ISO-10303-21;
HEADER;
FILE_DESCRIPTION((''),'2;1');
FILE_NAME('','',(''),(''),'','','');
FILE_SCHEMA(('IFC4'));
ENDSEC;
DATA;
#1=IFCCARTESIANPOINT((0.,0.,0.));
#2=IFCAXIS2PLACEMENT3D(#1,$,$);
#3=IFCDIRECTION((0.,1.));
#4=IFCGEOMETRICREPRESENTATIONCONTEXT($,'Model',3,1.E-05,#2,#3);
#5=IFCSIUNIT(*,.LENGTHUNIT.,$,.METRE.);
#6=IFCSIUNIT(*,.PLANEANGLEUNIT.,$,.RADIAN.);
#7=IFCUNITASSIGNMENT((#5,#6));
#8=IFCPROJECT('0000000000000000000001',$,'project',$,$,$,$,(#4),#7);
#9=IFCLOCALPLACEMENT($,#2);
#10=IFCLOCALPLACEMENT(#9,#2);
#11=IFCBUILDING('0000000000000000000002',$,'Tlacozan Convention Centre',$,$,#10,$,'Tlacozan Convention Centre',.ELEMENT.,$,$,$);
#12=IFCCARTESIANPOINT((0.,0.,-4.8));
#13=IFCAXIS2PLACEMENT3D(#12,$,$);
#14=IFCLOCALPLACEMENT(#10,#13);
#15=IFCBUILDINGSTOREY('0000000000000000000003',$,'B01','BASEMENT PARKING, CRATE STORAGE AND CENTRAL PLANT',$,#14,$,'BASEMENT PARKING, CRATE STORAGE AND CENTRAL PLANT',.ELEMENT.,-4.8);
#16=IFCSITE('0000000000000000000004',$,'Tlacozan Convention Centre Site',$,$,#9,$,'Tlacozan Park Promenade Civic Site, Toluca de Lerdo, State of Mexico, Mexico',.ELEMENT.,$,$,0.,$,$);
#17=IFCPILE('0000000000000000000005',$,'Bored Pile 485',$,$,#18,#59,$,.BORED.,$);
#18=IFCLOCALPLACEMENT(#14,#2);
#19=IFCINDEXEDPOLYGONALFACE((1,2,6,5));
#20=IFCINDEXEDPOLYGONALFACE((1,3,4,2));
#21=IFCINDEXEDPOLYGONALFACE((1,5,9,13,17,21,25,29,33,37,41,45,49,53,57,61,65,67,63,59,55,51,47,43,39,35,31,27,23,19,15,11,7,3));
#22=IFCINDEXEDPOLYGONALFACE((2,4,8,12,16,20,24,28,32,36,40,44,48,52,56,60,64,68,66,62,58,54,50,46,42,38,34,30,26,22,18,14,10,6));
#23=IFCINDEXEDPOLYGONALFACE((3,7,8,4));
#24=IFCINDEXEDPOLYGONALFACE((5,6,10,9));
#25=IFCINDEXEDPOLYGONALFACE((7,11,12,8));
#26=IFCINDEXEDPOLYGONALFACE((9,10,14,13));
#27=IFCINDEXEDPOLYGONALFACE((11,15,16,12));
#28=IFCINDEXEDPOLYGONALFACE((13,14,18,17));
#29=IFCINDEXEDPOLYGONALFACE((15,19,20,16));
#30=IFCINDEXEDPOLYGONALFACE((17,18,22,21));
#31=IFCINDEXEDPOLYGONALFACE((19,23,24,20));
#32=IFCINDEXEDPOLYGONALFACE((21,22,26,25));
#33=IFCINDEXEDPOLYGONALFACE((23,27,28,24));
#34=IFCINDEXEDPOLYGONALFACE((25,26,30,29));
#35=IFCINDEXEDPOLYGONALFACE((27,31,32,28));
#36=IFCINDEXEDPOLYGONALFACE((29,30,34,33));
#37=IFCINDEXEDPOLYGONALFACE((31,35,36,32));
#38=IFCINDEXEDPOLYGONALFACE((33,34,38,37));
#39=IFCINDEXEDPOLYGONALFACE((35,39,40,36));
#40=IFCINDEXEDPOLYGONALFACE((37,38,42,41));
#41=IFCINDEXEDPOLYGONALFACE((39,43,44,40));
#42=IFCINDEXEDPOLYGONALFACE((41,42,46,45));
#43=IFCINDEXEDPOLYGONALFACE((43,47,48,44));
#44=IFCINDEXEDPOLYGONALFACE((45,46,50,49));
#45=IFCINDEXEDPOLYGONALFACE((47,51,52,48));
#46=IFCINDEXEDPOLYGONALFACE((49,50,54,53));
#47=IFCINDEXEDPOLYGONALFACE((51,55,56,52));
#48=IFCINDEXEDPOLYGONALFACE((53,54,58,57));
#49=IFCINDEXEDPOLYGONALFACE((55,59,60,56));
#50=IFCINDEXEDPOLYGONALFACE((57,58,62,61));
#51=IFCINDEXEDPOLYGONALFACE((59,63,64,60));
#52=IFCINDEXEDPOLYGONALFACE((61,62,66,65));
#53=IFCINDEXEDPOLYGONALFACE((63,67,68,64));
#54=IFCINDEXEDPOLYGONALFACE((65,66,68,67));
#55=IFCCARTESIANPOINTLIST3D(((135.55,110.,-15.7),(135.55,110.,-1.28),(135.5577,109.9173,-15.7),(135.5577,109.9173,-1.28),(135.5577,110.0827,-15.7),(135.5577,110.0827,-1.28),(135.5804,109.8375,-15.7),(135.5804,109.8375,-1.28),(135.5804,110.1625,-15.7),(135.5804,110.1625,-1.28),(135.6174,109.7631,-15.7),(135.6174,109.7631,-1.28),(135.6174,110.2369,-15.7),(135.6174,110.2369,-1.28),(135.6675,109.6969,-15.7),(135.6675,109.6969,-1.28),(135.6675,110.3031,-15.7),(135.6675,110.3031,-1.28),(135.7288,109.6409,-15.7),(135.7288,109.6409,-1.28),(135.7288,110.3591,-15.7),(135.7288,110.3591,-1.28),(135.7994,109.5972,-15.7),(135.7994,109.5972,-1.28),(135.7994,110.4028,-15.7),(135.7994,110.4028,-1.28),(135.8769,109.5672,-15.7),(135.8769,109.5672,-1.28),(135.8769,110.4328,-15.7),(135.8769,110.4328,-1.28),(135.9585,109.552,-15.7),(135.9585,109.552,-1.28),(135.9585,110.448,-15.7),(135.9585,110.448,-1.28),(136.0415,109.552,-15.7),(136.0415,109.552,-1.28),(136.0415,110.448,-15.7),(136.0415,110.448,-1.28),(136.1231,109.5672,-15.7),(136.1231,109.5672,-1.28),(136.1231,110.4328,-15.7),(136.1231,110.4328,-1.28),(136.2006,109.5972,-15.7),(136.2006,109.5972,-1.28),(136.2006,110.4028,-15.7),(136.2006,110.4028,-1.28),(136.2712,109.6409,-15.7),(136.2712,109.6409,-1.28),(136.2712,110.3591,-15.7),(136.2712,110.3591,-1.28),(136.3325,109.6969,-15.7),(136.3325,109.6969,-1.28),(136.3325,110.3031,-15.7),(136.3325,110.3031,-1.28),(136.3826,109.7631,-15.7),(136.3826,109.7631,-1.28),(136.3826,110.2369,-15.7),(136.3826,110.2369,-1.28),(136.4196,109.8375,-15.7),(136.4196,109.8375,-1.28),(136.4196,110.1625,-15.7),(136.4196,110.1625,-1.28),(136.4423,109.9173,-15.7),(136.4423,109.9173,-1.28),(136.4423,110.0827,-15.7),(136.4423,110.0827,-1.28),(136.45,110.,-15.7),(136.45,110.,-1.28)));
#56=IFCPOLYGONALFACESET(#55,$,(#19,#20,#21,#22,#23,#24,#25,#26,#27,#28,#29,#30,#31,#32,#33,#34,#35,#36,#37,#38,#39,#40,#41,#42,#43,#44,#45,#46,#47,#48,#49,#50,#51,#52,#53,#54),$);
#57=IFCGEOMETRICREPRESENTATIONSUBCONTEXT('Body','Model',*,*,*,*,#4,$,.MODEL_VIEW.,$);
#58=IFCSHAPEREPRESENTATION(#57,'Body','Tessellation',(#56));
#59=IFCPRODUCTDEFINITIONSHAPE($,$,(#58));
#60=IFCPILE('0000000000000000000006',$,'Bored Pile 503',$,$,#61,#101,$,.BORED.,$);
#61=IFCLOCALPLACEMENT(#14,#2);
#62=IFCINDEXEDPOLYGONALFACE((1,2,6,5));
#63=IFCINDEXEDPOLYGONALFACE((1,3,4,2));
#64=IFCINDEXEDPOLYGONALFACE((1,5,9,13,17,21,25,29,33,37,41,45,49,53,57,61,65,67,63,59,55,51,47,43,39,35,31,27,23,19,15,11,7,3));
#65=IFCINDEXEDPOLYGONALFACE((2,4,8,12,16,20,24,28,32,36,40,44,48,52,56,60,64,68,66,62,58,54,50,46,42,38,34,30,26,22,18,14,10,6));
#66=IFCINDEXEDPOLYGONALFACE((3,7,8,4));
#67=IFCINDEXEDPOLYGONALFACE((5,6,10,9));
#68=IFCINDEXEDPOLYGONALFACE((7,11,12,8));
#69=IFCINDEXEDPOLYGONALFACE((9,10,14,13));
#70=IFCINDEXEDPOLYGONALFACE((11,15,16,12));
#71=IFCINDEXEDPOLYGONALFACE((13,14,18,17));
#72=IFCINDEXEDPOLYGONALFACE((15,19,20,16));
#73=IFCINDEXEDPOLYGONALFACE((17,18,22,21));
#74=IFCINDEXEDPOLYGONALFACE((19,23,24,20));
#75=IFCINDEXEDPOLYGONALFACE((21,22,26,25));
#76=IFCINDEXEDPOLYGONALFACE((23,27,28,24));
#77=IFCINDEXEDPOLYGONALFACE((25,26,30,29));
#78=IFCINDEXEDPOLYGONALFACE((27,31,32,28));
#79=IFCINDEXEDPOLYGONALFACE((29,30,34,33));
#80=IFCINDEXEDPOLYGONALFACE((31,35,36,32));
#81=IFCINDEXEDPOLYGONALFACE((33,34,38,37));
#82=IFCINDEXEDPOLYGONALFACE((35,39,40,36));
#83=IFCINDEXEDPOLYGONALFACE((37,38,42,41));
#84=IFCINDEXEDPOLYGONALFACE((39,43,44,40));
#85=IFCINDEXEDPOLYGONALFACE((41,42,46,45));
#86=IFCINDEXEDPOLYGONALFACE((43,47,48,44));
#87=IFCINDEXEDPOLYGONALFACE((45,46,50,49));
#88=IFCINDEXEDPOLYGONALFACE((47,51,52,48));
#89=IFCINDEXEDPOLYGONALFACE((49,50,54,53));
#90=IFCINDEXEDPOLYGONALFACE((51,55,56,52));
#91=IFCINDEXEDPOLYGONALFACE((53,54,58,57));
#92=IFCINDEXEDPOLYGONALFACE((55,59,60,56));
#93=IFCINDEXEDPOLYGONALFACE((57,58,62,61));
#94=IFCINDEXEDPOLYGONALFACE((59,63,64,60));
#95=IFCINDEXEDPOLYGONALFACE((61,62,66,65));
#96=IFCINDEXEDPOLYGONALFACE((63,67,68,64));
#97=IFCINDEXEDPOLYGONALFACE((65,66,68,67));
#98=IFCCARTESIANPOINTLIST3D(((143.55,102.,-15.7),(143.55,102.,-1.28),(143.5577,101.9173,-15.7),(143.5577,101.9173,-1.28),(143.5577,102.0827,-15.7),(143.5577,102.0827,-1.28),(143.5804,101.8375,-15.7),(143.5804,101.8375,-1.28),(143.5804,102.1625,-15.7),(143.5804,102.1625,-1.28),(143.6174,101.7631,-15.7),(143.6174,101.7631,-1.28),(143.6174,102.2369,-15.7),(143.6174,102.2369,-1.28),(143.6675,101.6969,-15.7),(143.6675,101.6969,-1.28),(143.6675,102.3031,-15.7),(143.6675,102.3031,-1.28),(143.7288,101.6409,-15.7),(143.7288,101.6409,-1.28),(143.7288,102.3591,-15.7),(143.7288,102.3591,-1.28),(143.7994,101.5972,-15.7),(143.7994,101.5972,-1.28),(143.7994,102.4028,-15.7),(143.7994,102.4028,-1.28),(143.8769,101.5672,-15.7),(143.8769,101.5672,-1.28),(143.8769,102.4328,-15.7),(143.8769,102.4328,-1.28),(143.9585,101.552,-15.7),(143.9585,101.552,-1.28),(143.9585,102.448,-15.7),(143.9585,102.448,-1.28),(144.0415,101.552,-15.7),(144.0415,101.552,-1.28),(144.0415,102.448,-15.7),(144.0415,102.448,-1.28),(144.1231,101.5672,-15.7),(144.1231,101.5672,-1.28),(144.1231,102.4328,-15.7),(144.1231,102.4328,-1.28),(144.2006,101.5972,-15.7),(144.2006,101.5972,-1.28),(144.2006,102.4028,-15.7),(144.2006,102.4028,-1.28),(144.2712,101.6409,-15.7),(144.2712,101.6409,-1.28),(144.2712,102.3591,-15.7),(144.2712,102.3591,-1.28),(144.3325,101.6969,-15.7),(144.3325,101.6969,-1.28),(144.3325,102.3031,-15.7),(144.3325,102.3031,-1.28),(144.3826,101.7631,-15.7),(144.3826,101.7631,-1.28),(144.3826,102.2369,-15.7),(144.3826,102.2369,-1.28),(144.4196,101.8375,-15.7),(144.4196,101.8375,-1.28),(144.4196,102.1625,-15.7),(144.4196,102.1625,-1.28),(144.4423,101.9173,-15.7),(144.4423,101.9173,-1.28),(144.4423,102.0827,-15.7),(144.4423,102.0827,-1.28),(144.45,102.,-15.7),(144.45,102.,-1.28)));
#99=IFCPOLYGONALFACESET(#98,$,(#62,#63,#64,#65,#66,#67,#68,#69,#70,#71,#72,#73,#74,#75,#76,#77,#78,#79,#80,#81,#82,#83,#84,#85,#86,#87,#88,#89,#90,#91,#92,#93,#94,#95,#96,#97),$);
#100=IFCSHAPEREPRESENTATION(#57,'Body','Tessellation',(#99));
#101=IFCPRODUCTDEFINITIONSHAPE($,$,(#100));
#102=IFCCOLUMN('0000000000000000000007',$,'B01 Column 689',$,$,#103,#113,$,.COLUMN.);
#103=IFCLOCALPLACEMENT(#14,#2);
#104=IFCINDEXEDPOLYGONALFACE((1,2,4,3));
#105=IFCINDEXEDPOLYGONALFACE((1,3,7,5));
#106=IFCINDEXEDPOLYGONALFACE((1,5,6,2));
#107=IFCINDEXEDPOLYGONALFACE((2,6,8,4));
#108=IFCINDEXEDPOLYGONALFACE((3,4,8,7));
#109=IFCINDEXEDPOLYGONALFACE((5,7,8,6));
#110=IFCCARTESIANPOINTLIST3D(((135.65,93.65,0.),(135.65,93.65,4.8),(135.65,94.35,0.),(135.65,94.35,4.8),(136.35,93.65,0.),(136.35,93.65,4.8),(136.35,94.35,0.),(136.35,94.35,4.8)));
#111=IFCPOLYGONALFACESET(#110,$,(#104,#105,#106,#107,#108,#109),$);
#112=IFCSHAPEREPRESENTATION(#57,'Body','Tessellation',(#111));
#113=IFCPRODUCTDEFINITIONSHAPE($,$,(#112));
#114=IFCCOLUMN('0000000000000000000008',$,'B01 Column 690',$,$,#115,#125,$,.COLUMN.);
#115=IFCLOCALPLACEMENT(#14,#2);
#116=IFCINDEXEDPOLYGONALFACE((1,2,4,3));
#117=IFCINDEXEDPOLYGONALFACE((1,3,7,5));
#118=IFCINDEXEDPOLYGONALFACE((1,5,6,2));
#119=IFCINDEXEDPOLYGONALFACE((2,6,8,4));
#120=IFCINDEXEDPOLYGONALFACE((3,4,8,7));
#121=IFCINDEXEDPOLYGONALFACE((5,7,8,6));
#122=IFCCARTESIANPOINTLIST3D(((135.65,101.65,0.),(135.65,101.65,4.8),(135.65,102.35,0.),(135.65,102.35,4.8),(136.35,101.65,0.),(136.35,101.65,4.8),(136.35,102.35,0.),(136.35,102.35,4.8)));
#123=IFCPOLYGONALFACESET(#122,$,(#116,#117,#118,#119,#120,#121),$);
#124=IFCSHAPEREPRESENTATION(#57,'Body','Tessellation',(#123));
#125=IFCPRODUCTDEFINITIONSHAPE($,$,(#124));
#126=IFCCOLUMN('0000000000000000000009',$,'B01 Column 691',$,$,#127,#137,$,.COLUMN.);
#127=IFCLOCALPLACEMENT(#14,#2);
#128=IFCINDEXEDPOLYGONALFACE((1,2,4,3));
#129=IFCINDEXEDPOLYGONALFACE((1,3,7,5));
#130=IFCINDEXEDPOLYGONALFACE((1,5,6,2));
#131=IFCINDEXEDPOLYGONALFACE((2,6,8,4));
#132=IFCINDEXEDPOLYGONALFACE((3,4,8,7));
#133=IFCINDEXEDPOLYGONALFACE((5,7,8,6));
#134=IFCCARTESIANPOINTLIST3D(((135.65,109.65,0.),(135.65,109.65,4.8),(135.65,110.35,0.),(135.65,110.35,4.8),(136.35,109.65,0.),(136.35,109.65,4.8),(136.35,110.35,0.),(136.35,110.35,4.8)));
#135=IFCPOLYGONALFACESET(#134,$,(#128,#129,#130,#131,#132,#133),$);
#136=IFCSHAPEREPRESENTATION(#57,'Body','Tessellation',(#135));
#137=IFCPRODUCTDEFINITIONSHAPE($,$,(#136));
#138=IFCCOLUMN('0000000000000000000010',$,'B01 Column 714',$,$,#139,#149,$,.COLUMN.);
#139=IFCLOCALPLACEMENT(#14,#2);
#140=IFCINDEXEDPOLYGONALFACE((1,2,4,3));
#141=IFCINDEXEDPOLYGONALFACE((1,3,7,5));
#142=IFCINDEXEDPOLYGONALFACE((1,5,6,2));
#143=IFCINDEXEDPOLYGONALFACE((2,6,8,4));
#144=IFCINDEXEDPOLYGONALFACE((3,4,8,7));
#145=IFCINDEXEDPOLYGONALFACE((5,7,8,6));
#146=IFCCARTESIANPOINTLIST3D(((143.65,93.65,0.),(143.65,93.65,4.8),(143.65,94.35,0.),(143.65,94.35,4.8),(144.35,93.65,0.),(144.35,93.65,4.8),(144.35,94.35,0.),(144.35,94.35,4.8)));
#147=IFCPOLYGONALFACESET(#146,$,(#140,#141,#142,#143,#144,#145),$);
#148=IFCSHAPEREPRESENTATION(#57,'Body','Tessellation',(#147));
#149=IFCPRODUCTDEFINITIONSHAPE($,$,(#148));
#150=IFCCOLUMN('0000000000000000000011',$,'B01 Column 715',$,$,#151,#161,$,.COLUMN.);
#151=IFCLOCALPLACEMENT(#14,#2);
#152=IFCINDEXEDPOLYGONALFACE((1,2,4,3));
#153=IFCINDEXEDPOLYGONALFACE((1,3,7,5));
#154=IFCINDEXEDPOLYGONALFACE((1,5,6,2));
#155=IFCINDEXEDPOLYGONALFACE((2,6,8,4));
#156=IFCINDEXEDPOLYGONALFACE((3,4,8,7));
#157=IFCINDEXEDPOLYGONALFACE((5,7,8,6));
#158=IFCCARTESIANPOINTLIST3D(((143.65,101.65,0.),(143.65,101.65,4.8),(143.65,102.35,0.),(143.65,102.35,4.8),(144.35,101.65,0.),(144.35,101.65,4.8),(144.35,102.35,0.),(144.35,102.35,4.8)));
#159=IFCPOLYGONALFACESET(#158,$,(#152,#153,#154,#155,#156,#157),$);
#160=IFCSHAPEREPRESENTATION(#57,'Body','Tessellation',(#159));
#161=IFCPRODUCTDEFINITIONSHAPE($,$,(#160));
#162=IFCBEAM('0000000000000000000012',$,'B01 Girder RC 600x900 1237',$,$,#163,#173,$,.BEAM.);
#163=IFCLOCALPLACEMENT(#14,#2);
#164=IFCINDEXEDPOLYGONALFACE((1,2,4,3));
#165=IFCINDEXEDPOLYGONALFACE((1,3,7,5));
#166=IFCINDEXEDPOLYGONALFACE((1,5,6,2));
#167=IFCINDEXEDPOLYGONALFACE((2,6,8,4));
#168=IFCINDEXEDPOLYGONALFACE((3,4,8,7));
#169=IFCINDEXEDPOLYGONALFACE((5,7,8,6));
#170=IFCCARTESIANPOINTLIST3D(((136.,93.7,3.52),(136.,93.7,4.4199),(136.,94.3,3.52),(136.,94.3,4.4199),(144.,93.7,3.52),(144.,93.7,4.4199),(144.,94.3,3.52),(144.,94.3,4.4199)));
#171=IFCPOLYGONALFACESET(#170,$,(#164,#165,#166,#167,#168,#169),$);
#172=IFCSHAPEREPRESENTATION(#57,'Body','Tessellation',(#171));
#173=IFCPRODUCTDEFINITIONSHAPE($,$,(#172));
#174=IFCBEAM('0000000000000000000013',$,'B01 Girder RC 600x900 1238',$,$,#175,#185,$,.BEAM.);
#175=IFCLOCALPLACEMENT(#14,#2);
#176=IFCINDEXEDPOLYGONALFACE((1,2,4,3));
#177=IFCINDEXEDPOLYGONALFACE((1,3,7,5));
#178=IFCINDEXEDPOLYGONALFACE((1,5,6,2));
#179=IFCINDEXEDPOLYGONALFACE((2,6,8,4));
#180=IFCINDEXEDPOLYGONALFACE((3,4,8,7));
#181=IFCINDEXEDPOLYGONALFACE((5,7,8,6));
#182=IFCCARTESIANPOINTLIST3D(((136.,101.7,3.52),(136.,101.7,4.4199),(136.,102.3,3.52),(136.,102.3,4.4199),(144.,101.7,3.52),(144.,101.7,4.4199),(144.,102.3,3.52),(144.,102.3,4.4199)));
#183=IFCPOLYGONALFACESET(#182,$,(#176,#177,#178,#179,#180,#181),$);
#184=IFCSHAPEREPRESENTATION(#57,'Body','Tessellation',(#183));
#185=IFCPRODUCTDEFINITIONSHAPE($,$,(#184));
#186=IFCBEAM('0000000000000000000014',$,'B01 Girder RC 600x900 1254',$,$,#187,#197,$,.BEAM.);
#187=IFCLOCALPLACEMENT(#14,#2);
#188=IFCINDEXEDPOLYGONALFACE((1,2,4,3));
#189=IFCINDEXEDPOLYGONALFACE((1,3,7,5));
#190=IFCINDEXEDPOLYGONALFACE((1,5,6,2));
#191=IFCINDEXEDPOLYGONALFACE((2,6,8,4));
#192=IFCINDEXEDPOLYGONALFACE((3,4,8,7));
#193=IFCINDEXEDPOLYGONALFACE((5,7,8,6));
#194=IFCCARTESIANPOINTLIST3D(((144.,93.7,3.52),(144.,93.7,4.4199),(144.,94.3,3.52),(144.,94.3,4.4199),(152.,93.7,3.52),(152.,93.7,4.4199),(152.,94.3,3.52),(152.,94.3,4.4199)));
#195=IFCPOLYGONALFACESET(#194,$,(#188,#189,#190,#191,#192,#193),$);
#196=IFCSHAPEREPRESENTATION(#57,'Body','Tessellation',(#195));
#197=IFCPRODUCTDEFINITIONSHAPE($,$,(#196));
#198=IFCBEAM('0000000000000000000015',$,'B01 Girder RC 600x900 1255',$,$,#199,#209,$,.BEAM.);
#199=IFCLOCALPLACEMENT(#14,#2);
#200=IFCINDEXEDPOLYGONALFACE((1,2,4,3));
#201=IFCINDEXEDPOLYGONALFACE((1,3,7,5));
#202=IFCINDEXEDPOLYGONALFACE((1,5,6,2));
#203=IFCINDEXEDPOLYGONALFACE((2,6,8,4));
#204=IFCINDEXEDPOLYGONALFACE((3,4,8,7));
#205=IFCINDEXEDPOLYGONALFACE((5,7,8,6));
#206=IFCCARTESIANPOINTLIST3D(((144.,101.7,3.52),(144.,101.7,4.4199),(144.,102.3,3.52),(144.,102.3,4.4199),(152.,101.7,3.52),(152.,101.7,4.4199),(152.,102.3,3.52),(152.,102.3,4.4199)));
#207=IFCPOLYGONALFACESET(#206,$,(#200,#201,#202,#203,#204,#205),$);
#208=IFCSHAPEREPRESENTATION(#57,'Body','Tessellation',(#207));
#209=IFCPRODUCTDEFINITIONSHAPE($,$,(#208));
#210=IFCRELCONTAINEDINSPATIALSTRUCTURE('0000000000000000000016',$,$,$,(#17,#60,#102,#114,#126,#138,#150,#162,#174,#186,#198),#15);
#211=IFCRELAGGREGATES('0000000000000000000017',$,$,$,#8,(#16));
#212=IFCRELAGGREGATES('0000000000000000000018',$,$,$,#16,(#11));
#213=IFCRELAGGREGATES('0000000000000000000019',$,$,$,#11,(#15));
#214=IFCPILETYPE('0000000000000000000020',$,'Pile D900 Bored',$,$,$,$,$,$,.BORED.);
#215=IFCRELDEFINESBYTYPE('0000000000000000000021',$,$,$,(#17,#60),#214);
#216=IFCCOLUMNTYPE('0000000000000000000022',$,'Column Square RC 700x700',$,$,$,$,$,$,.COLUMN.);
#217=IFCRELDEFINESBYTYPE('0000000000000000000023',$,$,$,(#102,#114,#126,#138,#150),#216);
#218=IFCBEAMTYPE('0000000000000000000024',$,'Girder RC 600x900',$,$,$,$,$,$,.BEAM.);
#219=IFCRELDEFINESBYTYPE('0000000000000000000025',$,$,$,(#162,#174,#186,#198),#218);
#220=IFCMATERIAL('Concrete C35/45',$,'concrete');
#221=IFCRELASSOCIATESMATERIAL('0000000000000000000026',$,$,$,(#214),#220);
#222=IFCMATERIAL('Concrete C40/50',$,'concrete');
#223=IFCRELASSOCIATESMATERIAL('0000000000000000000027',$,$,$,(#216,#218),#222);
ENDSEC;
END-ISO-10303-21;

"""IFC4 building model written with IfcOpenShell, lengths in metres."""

from ifc_helpers import new_model, si_unit, direction, frame, origin, origin_2d, place, context, subcontext, project, spatial, rectangle, circle, extrude, material, material_profile, profile_set, type_object, element, save


model = new_model("IFC4")

# Units and contexts
model_context = context("Model", 3, precision=1e-05, world=origin(), true_north=direction((0.0, 1.0)))
body_context = subcontext(model_context, "Body", "Model", "MODEL_VIEW")
ifc_project = project(units=[si_unit("LENGTHUNIT", "METRE"), si_unit("PLANEANGLEUNIT", "RADIAN")], contexts=[model_context])

# Site, building, storey
site_placement = place(None, origin())
site = spatial("IfcSite", under=ifc_project, at=site_placement, Name="Tlacozan Convention Centre Site", LongName="Tlacozan Park Promenade Civic Site, Toluca de Lerdo, State of Mexico, Mexico", CompositionType="ELEMENT", RefElevation=0.0)
building_placement = place(site_placement, origin())
building = spatial("IfcBuilding", under=site, at=building_placement, Name="Tlacozan Convention Centre", LongName="Tlacozan Convention Centre", CompositionType="ELEMENT")
storey_placement = place(building_placement, frame((0.0, 0.0, -4.8)))
storey = spatial("IfcBuildingStorey", under=building, at=storey_placement, Name="B01", Description="BASEMENT PARKING, CRATE STORAGE AND CENTRAL PLANT", LongName="BASEMENT PARKING, CRATE STORAGE AND CENTRAL PLANT", CompositionType="ELEMENT", Elevation=-4.8)

# Shared definitions
ifc_material_1 = material(Name="Concrete C35/45", Category="concrete")

# Piles
ifc_material_profile_1 = material_profile(ifc_material_1, circle(Radius=0.45, at=origin_2d()), Name="PILE D900")
ifc_profile_set_1 = profile_set([ifc_material_profile_1], Name="Concrete C35/45")
pile_type_1 = type_object("IfcPileType", Name="Pile D900 Bored", PredefinedType="BORED", material=ifc_profile_set_1)
for number, where, z_axis, x_axis, name in (
    (1, (136.0, 110.0, -1.28), (0.0, 0.0, -1.0), (1.0, 0.0, 0.0), "Bored Pile 485"),
    (2, (144.0, 102.0, -1.28), (0.0, 0.0, -1.0), (1.0, 0.0, 0.0), "Bored Pile 503"),
):
    element("IfcPile", number, at=place(storey_placement, frame(where, z_axis=z_axis, x_axis=x_axis)), inside=storey, type_object=pile_type_1, Name=name, PredefinedType="BORED", context=body_context, shape_type="SweptSolid", body=[
        extrude(circle(Radius=0.45, at=origin_2d()), origin(), (0.0, 0.0, 1.0), 14.4199),
    ])

# Columns
ifc_material_2 = material(Name="Concrete C40/50", Category="concrete")
ifc_material_profile_2 = material_profile(ifc_material_2, rectangle(XDim=0.7, YDim=0.7, at=origin_2d()), Name="RC 700x700")
ifc_profile_set_2 = profile_set([ifc_material_profile_2], Name="Concrete C40/50")
column_type = type_object("IfcColumnType", Name="Column Square RC 700x700", PredefinedType="COLUMN", material=ifc_profile_set_2)
for number, where, z_axis, x_axis, name in (
    (3, (136.0, 94.0, 0.0), (0.0, 0.0, 1.0), (1.0, 0.0, 0.0), "B01 Column 689"),
    (4, (136.0, 102.0, 0.0), (0.0, 0.0, 1.0), (1.0, 0.0, 0.0), "B01 Column 690"),
    (5, (136.0, 110.0, 0.0), (0.0, 0.0, 1.0), (1.0, 0.0, 0.0), "B01 Column 691"),
    (6, (144.0, 94.0, 0.0), (0.0, 0.0, 1.0), (1.0, 0.0, 0.0), "B01 Column 714"),
    (7, (144.0, 102.0, 0.0), (0.0, 0.0, 1.0), (1.0, 0.0, 0.0), "B01 Column 715"),
):
    element("IfcColumn", number, at=place(storey_placement, frame(where, z_axis=z_axis, x_axis=x_axis)), inside=storey, type_object=column_type, Name=name, PredefinedType="COLUMN", context=body_context, shape_type="SweptSolid", body=[
        extrude(rectangle(XDim=0.7, YDim=0.7, at=origin_2d()), origin(), (0.0, 0.0, 1.0), 4.8),
    ])

# Beams
ifc_material_profile_3 = material_profile(ifc_material_2, rectangle(XDim=0.6001, YDim=0.8999, at=origin_2d()), Name="RC 600x900")
ifc_profile_set_3 = profile_set([ifc_material_profile_3], Name="Concrete C40/50")
beam_type_1 = type_object("IfcBeamType", Name="Girder RC 600x900", PredefinedType="BEAM", material=ifc_profile_set_3)
for number, where, z_axis, x_axis, name in (
    (8, (136.0, 94.0, 3.97), (1.0, 0.0, 0.0), (0.0, 1.0, 0.0), "B01 Girder RC 600x900 1237"),
    (9, (136.0, 102.0, 3.97), (1.0, 0.0, 0.0), (0.0, 1.0, 0.0), "B01 Girder RC 600x900 1238"),
    (10, (144.0, 94.0, 3.97), (1.0, 0.0, 0.0), (0.0, 1.0, 0.0), "B01 Girder RC 600x900 1254"),
    (11, (144.0, 102.0, 3.97), (1.0, 0.0, 0.0), (0.0, 1.0, 0.0), "B01 Girder RC 600x900 1255"),
):
    element("IfcBeam", number, at=place(storey_placement, frame(where, z_axis=z_axis, x_axis=x_axis)), inside=storey, type_object=beam_type_1, Name=name, PredefinedType="BEAM", context=body_context, shape_type="SweptSolid", body=[
        extrude(rectangle(XDim=0.6001, YDim=0.8999, at=origin_2d()), origin(), (0.0, 0.0, 1.0), 8.0),
    ])

save(model, "model.ifc")
